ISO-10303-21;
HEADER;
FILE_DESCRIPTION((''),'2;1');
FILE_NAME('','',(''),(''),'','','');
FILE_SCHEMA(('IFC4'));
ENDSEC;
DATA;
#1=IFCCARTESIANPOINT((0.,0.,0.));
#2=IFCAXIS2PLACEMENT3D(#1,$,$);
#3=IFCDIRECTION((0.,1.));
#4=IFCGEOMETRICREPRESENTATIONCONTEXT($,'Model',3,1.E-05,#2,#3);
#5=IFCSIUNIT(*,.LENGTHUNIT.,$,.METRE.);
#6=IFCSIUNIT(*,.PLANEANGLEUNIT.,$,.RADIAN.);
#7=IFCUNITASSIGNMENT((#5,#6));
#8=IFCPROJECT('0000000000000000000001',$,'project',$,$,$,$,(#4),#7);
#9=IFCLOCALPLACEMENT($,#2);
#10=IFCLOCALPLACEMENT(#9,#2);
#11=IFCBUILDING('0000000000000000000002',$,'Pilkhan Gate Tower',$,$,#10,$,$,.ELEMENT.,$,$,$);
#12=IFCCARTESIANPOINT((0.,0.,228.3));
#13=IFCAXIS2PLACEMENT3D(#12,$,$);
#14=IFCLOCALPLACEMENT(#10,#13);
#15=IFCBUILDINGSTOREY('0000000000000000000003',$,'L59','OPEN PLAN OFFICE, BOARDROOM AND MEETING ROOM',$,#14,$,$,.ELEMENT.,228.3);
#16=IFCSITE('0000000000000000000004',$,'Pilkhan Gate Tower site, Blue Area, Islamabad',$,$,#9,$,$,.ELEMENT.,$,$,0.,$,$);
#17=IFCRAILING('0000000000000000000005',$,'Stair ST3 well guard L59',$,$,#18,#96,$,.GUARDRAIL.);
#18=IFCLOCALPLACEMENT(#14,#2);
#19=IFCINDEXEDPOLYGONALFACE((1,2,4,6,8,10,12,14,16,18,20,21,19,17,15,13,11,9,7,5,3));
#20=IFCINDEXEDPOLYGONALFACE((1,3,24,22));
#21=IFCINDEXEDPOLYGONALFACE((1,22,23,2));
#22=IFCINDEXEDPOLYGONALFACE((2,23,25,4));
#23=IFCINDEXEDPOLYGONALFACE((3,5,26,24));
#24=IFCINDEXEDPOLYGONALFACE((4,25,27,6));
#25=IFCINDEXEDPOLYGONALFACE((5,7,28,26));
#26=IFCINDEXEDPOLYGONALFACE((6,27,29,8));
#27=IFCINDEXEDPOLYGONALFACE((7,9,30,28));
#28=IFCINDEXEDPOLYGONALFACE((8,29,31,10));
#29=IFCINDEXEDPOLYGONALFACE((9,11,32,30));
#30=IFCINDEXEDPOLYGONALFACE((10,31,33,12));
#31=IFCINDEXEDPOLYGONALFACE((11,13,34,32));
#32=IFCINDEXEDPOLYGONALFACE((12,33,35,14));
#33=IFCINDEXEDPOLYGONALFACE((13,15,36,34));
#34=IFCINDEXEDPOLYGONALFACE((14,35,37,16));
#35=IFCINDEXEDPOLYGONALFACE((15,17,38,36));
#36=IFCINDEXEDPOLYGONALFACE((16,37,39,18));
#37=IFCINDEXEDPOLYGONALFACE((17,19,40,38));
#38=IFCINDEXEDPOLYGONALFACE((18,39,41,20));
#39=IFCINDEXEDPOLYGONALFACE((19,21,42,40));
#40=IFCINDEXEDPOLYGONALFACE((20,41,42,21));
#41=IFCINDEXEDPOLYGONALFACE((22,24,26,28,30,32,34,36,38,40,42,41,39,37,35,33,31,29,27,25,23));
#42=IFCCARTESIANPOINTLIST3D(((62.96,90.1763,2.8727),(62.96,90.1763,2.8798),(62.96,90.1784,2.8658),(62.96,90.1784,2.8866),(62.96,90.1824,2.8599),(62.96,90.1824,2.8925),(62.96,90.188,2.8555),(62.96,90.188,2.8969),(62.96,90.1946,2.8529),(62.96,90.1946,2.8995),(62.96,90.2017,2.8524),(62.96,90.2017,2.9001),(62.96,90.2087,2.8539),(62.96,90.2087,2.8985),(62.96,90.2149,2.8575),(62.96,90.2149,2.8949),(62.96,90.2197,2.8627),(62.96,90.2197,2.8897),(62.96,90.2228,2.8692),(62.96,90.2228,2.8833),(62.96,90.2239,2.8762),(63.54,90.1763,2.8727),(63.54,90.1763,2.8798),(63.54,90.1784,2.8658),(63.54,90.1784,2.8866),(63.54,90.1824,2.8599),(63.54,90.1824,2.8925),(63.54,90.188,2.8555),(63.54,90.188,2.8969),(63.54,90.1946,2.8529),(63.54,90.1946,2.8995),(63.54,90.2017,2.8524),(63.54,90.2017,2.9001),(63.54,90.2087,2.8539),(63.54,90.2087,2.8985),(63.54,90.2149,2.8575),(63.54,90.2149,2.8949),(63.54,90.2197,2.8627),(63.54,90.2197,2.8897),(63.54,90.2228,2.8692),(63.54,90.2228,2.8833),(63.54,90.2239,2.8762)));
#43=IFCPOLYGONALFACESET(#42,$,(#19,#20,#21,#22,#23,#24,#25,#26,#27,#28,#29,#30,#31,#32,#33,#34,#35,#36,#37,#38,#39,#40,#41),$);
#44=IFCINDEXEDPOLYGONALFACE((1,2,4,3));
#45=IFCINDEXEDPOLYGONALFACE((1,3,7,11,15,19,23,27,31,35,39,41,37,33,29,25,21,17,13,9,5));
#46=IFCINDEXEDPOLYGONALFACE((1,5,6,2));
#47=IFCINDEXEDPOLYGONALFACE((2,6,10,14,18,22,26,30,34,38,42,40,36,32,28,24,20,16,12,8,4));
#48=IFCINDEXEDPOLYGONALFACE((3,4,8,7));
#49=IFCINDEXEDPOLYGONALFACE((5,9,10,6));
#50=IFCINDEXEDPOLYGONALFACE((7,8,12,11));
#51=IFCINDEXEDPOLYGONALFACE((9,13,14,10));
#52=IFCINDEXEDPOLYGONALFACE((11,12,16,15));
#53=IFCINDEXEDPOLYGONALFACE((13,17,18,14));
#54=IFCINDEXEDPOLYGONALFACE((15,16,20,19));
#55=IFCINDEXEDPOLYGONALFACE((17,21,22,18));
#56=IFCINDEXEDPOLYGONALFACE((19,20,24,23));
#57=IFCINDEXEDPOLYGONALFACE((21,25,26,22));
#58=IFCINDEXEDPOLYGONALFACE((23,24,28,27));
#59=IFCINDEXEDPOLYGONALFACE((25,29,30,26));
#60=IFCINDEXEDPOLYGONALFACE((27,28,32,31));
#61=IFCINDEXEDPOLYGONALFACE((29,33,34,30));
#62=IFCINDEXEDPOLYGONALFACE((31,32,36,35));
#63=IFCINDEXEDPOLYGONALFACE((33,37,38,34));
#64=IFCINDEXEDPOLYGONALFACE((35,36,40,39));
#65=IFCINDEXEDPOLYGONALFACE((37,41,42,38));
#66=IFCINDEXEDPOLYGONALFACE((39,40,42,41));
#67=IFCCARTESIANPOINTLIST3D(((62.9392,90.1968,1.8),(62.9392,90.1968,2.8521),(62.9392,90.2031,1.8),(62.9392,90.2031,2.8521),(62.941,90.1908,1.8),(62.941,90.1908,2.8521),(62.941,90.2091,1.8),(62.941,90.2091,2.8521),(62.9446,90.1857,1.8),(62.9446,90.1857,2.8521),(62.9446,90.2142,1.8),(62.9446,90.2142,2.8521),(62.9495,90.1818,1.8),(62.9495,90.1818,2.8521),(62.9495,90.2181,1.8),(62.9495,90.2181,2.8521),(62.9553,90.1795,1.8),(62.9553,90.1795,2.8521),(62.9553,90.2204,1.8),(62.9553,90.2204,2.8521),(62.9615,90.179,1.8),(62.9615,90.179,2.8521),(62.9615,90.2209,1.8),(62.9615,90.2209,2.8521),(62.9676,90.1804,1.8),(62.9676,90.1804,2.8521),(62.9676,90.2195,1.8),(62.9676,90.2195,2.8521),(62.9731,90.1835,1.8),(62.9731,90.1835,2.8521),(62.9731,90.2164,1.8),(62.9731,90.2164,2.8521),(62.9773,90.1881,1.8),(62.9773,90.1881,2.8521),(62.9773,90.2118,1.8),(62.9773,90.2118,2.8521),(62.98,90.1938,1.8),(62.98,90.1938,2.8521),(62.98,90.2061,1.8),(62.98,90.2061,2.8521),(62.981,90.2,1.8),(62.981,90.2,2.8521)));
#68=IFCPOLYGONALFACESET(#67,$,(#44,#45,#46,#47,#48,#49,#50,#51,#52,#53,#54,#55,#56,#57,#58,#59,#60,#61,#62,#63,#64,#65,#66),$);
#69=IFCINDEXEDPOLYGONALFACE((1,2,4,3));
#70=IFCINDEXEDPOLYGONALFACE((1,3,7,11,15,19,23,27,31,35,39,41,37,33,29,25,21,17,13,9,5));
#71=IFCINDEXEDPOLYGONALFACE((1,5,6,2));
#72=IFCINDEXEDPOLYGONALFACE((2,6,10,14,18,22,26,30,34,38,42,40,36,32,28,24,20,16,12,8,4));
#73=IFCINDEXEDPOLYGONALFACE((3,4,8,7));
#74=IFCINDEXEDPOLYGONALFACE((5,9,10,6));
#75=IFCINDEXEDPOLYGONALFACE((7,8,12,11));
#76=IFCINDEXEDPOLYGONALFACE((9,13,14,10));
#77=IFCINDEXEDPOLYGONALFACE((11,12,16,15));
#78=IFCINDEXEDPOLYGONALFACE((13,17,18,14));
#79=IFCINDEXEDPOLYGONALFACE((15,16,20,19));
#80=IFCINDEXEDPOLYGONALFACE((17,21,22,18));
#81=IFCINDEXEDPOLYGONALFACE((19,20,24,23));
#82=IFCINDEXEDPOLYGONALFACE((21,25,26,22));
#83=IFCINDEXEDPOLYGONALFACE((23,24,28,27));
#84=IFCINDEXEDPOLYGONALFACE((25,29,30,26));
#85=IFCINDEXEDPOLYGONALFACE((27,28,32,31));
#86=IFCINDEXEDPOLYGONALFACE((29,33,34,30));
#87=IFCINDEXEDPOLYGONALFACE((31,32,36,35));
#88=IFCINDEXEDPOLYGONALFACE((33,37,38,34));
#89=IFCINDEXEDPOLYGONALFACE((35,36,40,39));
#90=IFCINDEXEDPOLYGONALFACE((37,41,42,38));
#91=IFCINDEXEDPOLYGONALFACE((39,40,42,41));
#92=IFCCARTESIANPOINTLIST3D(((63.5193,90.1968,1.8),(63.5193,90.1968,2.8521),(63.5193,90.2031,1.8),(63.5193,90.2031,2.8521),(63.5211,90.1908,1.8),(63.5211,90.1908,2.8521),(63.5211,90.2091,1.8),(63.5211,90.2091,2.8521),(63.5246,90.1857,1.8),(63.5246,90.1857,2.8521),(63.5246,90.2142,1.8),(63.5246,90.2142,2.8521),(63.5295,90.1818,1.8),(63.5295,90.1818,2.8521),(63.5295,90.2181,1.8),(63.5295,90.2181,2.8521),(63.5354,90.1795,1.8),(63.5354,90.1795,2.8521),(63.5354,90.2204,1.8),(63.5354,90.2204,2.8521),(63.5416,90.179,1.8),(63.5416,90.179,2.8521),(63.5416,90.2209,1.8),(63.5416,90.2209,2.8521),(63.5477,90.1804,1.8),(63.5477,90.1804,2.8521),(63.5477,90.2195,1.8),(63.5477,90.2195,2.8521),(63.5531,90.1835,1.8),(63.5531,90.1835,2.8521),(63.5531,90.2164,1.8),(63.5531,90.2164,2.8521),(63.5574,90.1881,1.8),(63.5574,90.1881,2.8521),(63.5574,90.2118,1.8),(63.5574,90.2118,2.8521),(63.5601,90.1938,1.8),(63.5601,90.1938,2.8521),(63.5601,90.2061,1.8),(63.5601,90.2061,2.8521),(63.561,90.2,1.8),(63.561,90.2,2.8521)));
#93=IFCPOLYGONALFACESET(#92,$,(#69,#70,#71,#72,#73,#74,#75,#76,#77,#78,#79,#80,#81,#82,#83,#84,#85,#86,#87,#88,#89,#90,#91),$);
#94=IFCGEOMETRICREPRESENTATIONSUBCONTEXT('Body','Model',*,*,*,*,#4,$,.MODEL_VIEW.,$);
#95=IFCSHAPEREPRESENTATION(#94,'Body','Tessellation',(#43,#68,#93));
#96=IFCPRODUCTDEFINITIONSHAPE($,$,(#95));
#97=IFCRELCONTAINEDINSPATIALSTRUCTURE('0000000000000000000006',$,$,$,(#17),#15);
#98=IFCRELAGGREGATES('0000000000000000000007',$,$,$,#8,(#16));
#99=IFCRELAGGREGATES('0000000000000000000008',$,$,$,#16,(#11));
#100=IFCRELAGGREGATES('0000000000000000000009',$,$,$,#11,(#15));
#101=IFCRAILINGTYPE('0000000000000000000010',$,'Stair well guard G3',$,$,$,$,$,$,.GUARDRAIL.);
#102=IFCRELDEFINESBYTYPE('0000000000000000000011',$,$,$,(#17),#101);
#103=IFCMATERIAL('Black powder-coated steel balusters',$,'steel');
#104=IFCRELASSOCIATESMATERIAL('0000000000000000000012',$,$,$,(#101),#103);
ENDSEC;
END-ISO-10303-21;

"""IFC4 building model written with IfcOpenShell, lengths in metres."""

from ifc_helpers import new_model, si_unit, direction, frame, origin, origin_2d, place, context, subcontext, project, spatial, circle, extrude, material, type_object, element, save


model = new_model("IFC4")

# Units and contexts
model_context = context("Model", 3, precision=1e-05, world=origin(), true_north=direction((0.0, 1.0)))
body_context = subcontext(model_context, "Body", "Model", "MODEL_VIEW")
ifc_project = project(units=[si_unit("LENGTHUNIT", "METRE"), si_unit("PLANEANGLEUNIT", "RADIAN")], contexts=[model_context])

# Site, building, storey
site_placement = place(None, origin())
site = spatial("IfcSite", under=ifc_project, at=site_placement, Name="Pilkhan Gate Tower site, Blue Area, Islamabad", CompositionType="ELEMENT", RefElevation=0.0)
building_placement = place(site_placement, origin())
building = spatial("IfcBuilding", under=site, at=building_placement, Name="Pilkhan Gate Tower", CompositionType="ELEMENT")
storey_placement = place(building_placement, frame((0.0, 0.0, 228.3)))
storey = spatial("IfcBuildingStorey", under=building, at=storey_placement, Name="L59", Description="OPEN PLAN OFFICE, BOARDROOM AND MEETING ROOM", CompositionType="ELEMENT", Elevation=228.3)

# Railing
ifc_material_1 = material(Name="Black powder-coated steel balusters", Category="steel")
railing_type_1 = type_object("IfcRailingType", Name="Stair well guard G3", PredefinedType="GUARDRAIL", material=ifc_material_1)
for number, where, name in (
    (1, (62.96, 90.2, 1.8), "Stair ST3 well guard L59"),
):
    element("IfcRailing", number, at=place(storey_placement, frame(where)), inside=storey, type_object=railing_type_1, Name=name, PredefinedType="GUARDRAIL", context=body_context, shape_type="SweptSolid", body=[
        extrude(circle(Radius=0.0239, at=origin_2d()), frame((0.0, 0.0, 1.0762), z_axis=(1.0, 0.0, 0.0), x_axis=(0.0, 1.0, 0.0)), (0.0, 0.0, 1.0), 0.5801),
        extrude(circle(Radius=0.021, at=origin_2d()), origin(), (0.0, 0.0, 1.0), 1.052),
        extrude(circle(Radius=0.021, at=origin_2d()), frame((0.5801, 0.0, 0.0)), (0.0, 0.0, 1.0), 1.052),
    ])

save(model, "model.ifc")
